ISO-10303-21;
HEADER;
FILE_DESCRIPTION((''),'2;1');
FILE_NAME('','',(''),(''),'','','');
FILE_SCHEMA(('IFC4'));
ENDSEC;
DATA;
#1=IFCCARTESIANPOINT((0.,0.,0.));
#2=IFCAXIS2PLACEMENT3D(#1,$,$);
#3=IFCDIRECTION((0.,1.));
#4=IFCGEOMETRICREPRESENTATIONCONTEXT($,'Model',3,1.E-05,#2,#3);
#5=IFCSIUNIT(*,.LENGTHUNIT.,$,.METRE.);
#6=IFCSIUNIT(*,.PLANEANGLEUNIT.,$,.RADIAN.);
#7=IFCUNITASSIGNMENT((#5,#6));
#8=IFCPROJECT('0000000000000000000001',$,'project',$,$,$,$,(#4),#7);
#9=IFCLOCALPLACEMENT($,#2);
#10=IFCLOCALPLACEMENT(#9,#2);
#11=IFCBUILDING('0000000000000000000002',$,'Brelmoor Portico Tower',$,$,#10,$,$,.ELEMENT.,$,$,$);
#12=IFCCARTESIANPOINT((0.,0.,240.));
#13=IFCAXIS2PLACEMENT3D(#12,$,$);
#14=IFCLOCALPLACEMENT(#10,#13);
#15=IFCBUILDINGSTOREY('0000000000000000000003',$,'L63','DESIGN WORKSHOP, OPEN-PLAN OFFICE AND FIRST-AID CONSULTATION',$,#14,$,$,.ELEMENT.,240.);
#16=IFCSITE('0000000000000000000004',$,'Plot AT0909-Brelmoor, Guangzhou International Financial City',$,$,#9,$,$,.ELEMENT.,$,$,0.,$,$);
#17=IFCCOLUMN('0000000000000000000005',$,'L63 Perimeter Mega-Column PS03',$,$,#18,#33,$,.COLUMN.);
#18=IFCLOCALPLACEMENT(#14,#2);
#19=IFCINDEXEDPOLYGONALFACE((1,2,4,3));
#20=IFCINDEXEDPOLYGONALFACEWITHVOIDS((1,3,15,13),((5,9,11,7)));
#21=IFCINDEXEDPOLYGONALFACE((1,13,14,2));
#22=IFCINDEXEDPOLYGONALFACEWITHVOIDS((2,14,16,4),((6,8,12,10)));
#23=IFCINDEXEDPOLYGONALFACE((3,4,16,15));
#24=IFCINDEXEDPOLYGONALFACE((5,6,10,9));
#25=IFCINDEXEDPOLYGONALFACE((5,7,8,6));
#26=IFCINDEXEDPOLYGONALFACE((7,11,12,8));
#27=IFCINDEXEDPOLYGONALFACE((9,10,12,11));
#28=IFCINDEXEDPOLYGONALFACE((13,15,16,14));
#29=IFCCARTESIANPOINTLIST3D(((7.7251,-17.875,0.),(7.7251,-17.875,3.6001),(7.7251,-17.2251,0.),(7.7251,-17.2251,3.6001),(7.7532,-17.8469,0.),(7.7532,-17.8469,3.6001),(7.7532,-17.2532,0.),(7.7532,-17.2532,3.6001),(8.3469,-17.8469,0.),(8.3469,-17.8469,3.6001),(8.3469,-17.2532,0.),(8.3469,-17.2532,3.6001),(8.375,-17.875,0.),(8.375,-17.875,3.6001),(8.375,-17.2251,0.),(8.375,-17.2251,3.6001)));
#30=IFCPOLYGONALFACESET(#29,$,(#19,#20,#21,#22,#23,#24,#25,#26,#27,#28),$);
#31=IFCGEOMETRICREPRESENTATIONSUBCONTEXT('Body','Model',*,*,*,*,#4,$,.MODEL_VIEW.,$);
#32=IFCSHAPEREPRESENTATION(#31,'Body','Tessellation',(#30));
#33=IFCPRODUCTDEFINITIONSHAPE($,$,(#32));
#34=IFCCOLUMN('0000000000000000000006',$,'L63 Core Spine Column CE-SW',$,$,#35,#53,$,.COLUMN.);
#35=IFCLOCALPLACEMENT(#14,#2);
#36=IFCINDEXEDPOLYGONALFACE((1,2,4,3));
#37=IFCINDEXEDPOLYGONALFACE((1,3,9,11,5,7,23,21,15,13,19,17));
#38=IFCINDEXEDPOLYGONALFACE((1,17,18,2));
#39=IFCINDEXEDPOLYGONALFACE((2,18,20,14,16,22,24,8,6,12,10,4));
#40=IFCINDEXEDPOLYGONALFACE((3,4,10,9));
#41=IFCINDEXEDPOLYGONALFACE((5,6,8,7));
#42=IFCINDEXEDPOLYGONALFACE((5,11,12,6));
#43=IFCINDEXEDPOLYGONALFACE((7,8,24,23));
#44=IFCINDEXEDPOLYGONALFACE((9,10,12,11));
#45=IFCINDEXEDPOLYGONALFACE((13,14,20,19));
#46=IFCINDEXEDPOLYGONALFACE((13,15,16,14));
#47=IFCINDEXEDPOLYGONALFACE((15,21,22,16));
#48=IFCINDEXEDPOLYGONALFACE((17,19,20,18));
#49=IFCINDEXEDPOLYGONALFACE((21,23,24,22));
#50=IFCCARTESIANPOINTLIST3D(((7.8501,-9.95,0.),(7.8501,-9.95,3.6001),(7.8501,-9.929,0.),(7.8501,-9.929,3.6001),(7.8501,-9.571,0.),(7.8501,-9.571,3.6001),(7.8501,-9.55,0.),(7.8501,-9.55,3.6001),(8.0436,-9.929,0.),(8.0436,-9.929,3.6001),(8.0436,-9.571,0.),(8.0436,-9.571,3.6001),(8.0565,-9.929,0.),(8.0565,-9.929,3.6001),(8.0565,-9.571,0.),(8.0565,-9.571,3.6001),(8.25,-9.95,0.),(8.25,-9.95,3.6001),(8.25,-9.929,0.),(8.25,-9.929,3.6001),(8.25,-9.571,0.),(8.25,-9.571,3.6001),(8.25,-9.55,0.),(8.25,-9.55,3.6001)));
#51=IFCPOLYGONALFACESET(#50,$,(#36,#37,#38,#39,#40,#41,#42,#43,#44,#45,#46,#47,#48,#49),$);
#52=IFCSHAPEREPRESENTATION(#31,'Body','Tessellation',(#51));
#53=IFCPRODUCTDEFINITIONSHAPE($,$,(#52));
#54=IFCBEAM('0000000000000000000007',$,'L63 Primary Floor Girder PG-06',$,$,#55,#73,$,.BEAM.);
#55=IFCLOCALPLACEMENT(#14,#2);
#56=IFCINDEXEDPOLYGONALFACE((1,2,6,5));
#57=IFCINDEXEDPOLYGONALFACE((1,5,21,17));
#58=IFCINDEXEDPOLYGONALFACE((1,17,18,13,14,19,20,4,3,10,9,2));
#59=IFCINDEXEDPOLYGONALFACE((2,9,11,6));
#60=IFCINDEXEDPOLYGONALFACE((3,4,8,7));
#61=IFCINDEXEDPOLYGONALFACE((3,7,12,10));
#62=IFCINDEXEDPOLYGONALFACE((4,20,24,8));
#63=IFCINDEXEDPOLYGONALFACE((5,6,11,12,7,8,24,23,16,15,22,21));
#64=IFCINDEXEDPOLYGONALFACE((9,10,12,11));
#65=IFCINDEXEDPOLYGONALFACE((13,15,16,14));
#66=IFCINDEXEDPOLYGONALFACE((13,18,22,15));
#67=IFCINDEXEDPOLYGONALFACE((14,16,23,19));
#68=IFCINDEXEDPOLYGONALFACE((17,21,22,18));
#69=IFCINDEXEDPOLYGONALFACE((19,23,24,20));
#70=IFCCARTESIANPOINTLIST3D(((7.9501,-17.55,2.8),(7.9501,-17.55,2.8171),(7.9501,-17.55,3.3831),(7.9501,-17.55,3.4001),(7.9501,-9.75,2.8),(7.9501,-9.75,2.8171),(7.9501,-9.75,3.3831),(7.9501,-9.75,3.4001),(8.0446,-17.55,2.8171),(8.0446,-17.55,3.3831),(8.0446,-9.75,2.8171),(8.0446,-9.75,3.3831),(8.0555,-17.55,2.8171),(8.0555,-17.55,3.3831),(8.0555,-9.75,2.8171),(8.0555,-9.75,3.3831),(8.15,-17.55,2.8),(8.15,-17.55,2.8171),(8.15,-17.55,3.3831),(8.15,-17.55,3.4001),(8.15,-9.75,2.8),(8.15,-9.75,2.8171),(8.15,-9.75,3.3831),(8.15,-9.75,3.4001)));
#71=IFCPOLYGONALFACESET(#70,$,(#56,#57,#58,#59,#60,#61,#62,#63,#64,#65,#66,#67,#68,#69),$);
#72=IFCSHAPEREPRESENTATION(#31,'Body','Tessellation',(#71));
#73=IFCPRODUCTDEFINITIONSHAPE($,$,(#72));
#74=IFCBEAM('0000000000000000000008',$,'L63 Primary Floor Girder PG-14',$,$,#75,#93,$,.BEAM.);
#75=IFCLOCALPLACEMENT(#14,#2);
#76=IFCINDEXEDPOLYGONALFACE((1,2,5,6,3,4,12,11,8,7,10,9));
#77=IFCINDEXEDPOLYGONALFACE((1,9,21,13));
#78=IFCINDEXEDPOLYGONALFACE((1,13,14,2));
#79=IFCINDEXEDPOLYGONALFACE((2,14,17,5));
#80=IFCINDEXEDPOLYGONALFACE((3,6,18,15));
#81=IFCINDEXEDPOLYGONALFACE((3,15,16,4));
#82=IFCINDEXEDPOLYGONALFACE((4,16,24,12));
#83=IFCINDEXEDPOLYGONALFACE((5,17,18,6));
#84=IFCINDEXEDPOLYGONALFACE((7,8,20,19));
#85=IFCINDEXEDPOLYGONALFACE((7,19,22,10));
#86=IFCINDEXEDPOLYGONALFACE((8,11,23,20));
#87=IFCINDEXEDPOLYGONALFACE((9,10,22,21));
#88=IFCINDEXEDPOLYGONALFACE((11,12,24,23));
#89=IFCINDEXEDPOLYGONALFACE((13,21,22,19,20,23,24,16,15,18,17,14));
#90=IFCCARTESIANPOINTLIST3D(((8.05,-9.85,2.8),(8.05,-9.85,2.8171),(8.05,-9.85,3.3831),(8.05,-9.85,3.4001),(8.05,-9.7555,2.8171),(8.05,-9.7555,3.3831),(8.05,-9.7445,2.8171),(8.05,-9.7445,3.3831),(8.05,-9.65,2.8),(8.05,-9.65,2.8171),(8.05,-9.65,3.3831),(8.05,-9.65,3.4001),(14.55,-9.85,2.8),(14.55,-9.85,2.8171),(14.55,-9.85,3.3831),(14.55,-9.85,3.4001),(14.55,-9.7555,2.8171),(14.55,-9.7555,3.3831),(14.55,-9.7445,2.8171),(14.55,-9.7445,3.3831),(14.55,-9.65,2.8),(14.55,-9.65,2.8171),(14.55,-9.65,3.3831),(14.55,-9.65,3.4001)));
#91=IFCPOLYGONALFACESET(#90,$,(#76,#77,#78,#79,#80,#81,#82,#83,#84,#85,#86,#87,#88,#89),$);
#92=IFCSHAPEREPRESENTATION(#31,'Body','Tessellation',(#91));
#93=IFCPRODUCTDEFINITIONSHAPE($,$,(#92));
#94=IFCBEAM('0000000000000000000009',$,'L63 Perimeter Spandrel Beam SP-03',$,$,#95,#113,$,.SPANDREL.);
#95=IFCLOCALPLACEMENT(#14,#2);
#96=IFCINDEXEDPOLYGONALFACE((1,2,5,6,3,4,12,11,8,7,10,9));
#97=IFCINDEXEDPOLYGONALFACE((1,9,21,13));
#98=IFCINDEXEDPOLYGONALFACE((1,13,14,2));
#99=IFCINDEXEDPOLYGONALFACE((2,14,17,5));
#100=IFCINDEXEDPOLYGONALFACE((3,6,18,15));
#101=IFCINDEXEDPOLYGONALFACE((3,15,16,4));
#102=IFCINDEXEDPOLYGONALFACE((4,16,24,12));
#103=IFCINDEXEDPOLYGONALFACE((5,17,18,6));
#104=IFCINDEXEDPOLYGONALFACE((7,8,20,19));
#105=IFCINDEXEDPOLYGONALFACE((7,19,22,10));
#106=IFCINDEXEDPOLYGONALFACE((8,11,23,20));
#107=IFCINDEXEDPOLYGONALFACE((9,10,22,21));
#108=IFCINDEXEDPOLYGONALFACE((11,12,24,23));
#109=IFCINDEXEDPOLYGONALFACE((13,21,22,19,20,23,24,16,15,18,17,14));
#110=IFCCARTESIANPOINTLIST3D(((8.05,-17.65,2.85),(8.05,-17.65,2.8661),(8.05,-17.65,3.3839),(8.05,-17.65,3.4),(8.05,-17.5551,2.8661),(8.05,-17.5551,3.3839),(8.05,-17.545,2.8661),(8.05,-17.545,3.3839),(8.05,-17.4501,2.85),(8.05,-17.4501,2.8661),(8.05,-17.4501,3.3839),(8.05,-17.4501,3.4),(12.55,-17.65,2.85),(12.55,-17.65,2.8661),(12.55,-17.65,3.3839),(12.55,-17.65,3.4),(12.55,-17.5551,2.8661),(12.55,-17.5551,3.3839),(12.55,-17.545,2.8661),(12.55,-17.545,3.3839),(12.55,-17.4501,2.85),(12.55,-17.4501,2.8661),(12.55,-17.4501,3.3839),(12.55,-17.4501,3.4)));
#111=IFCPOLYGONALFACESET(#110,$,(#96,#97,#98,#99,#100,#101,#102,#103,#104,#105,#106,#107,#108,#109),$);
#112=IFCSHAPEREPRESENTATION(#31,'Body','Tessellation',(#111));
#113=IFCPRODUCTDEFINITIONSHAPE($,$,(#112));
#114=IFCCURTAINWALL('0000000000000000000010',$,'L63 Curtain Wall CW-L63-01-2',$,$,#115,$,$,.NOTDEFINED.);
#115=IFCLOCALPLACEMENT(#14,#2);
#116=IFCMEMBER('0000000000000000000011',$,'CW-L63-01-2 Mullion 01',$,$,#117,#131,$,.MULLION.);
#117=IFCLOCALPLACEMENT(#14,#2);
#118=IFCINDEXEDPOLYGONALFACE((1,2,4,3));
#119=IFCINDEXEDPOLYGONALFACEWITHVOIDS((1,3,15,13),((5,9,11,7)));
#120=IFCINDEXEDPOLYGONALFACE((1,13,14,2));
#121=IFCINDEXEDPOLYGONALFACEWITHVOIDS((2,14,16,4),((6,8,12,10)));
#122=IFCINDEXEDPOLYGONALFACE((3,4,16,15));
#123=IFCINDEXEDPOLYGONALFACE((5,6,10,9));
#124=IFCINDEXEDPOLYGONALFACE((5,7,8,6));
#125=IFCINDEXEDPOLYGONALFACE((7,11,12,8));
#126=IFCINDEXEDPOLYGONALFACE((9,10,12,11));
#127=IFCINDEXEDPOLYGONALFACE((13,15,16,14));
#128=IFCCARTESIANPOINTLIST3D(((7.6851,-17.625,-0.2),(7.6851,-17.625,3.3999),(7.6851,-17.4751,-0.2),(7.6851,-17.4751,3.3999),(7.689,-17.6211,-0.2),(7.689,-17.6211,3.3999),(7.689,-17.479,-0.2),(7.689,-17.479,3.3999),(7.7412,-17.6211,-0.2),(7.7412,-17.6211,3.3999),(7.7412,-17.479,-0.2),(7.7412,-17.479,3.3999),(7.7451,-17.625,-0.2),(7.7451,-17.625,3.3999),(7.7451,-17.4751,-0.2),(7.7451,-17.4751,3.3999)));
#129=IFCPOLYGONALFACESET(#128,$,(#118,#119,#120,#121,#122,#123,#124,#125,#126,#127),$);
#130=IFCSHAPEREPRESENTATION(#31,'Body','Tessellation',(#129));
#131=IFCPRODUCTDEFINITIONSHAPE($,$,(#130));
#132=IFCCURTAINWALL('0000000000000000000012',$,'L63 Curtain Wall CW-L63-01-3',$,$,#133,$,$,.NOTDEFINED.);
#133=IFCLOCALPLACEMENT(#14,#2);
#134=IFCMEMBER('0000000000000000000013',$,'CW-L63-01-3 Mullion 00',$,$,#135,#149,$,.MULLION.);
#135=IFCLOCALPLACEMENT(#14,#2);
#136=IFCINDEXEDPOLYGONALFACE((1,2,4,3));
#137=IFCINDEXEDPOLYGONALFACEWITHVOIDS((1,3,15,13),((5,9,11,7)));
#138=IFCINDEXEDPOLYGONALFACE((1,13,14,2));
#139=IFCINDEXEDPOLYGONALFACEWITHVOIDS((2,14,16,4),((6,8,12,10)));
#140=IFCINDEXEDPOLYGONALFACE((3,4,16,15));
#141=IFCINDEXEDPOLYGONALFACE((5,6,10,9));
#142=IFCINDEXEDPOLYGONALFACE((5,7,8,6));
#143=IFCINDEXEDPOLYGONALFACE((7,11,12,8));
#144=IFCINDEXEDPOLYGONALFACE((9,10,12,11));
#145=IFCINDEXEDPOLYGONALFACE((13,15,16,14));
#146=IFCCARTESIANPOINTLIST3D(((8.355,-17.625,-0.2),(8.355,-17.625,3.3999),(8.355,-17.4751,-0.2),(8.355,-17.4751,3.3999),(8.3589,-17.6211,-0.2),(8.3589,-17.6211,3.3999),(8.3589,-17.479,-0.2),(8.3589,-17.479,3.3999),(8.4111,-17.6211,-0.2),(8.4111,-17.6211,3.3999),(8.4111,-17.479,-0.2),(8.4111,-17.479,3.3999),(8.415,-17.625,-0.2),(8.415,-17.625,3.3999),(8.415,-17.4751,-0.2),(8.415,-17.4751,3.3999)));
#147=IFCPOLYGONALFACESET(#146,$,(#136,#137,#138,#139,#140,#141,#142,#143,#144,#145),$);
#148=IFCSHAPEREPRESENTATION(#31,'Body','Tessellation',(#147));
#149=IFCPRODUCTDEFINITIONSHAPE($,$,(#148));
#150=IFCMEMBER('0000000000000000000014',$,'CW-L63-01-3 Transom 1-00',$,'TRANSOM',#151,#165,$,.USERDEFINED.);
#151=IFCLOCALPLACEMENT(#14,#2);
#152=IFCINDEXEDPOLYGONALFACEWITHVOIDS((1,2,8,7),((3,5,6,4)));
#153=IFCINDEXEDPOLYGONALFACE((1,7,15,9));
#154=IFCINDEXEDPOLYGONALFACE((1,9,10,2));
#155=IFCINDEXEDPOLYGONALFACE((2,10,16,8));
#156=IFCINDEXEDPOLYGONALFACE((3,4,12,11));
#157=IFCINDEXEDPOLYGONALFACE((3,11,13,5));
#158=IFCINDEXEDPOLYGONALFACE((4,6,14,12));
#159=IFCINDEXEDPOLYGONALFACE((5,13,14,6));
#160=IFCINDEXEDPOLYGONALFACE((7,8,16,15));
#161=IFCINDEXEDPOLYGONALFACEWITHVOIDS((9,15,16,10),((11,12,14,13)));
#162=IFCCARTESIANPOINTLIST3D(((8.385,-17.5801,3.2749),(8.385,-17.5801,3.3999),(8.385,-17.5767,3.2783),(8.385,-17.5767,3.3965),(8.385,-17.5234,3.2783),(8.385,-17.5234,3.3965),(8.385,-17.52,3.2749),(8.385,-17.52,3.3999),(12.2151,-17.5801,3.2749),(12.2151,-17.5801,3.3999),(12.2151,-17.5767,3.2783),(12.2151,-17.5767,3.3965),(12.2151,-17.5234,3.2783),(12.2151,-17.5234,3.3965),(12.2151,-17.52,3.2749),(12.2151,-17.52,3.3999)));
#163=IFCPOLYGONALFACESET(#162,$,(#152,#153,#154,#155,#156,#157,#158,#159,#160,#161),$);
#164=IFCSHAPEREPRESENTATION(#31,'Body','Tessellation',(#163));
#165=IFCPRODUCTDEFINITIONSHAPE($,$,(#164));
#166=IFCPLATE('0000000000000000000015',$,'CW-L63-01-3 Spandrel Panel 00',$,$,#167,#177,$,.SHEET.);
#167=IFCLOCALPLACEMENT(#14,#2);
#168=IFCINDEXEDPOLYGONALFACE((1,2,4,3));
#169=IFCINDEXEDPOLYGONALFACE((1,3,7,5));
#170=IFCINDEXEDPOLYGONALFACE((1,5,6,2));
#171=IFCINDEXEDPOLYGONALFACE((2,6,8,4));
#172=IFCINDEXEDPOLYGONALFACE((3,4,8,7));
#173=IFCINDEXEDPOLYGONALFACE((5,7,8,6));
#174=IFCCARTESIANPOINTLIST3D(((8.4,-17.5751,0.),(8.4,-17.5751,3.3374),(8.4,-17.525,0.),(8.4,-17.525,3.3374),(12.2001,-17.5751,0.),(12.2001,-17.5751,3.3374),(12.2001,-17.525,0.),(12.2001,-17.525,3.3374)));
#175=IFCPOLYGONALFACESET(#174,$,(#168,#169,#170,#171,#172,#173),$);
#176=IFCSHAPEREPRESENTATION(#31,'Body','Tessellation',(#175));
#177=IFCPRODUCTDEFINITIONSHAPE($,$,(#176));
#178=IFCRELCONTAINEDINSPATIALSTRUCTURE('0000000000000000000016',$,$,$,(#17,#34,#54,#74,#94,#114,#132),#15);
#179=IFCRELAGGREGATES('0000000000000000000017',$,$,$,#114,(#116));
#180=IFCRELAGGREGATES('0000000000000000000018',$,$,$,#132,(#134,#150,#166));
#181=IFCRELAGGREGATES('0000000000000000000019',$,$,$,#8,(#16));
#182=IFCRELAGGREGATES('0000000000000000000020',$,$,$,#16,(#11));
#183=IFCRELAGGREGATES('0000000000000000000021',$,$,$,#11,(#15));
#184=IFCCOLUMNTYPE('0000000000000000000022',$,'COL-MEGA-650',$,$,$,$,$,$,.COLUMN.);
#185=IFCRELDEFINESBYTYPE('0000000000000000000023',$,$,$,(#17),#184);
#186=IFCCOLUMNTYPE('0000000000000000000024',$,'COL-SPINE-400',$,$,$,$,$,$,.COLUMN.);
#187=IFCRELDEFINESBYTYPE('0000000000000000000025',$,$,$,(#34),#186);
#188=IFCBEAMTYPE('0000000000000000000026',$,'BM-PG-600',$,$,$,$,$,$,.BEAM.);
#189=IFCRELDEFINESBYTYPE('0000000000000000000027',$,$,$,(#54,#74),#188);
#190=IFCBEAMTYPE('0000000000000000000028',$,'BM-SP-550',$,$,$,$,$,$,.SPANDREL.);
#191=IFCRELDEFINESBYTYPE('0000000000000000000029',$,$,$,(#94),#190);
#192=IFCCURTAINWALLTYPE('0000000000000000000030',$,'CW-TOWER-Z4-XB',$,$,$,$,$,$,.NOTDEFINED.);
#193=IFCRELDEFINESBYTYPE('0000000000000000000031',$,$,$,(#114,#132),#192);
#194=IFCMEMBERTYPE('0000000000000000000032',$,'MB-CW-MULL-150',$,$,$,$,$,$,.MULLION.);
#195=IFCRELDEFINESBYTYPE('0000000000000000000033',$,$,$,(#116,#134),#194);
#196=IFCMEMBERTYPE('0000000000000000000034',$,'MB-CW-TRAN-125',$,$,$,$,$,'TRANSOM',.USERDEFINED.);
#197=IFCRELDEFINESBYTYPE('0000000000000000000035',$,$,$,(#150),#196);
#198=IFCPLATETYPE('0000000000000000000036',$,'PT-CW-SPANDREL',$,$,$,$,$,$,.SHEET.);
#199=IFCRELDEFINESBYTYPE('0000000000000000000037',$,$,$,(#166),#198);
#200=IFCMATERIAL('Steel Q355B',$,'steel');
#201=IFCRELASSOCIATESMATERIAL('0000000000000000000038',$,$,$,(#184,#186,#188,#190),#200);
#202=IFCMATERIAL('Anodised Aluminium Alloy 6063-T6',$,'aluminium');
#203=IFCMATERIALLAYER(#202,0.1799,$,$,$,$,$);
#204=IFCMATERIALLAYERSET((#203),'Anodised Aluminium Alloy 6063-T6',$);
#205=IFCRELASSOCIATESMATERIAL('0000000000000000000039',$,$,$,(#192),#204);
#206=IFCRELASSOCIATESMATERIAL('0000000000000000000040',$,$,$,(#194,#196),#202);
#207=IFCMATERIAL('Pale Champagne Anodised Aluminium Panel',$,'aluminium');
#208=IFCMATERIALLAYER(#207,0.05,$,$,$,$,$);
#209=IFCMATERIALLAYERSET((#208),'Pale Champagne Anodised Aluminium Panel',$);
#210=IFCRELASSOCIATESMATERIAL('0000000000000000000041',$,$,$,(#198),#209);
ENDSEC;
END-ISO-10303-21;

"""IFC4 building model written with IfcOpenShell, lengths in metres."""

from ifc_helpers import new_model, si_unit, direction, frame, origin, origin_2d, place, context, subcontext, project, spatial, rectangle, hollow_rectangle, i_section, extrude, material, layer, layer_set, material_profile, profile_set, type_object, element, aggregate, save


model = new_model("IFC4")

# Units and contexts
model_context = context("Model", 3, precision=1e-05, world=origin(), true_north=direction((0.0, 1.0)))
body_context = subcontext(model_context, "Body", "Model", "MODEL_VIEW")
ifc_project = project(units=[si_unit("LENGTHUNIT", "METRE"), si_unit("PLANEANGLEUNIT", "RADIAN")], contexts=[model_context])

# Site, building, storey
site_placement = place(None, origin())
site = spatial("IfcSite", under=ifc_project, at=site_placement, Name="Plot AT0909-Brelmoor, Guangzhou International Financial City", CompositionType="ELEMENT", RefElevation=0.0)
building_placement = place(site_placement, origin())
building = spatial("IfcBuilding", under=site, at=building_placement, Name="Brelmoor Portico Tower", CompositionType="ELEMENT")
storey_placement = place(building_placement, frame((0.0, 0.0, 240.0)))
storey = spatial("IfcBuildingStorey", under=building, at=storey_placement, Name="L63", Description="DESIGN WORKSHOP, OPEN-PLAN OFFICE AND FIRST-AID CONSULTATION", CompositionType="ELEMENT", Elevation=240.0)

# Columns
ifc_material_1 = material(Name="Steel Q355B", Category="steel")
ifc_material_profile_1 = material_profile(ifc_material_1, hollow_rectangle(XDim=0.6499, YDim=0.6499, WallThickness=0.0281, at=origin_2d()), Name="BOX 650x650x28")
ifc_profile_set_1 = profile_set([ifc_material_profile_1], Name="Steel Q355B")
column_type_1 = type_object("IfcColumnType", Name="COL-MEGA-650", PredefinedType="COLUMN", material=ifc_profile_set_1)
column_1_placement = place(storey_placement, frame((8.05, -17.55, 0.0), z_axis=(0.0, 0.0, 1.0), x_axis=(1.0, 0.0, 0.0)))
element("IfcColumn", 1, at=column_1_placement, inside=storey, type_object=column_type_1, Name="L63 Perimeter Mega-Column PS03", PredefinedType="COLUMN", context=body_context, shape_type="SweptSolid", body=[
    extrude(hollow_rectangle(XDim=0.6499, YDim=0.6499, WallThickness=0.0281, at=origin_2d()), origin(), (0.0, 0.0, 1.0), 3.6001),
])
ifc_material_profile_2 = material_profile(ifc_material_1, i_section(OverallWidth=0.3999, OverallDepth=0.3999, WebThickness=0.0129, FlangeThickness=0.021, at=origin_2d()), Name="HW 400x400x13x21")
ifc_profile_set_2 = profile_set([ifc_material_profile_2], Name="Steel Q355B")
column_type_2 = type_object("IfcColumnType", Name="COL-SPINE-400", PredefinedType="COLUMN", material=ifc_profile_set_2)
column_2_placement = place(storey_placement, frame((8.05, -9.75, 0.0), z_axis=(0.0, 0.0, 1.0), x_axis=(1.0, 0.0, 0.0)))
element("IfcColumn", 2, at=column_2_placement, inside=storey, type_object=column_type_2, Name="L63 Core Spine Column CE-SW", PredefinedType="COLUMN", context=body_context, shape_type="SweptSolid", body=[
    extrude(i_section(OverallWidth=0.3999, OverallDepth=0.3999, WebThickness=0.0129, FlangeThickness=0.021, at=origin_2d()), origin(), (0.0, 0.0, 1.0), 3.6001),
])

# Beams
ifc_material_profile_3 = material_profile(ifc_material_1, i_section(OverallWidth=0.2, OverallDepth=0.6001, WebThickness=0.011, FlangeThickness=0.0171, at=origin_2d()), Name="HN 600x200x11x17")
ifc_profile_set_3 = profile_set([ifc_material_profile_3], Name="Steel Q355B")
beam_type_1 = type_object("IfcBeamType", Name="BM-PG-600", PredefinedType="BEAM", material=ifc_profile_set_3)
beam_1_placement = place(storey_placement, frame((8.05, -17.55, 3.1001), z_axis=(0.0, 1.0, 0.0), x_axis=(-1.0, 0.0, 0.0)))
element("IfcBeam", 3, at=beam_1_placement, inside=storey, type_object=beam_type_1, Name="L63 Primary Floor Girder PG-06", PredefinedType="BEAM", context=body_context, shape_type="SweptSolid", body=[
    extrude(i_section(OverallWidth=0.2, OverallDepth=0.6001, WebThickness=0.011, FlangeThickness=0.0171, at=origin_2d()), origin(), (0.0, 0.0, 1.0), 7.8),
])
beam_2_placement = place(storey_placement, frame((8.05, -9.75, 3.1001), z_axis=(1.0, 0.0, 0.0), x_axis=(0.0, 1.0, 0.0)))
element("IfcBeam", 4, at=beam_2_placement, inside=storey, type_object=beam_type_1, Name="L63 Primary Floor Girder PG-14", PredefinedType="BEAM", context=body_context, shape_type="SweptSolid", body=[
    extrude(i_section(OverallWidth=0.2, OverallDepth=0.6001, WebThickness=0.011, FlangeThickness=0.0171, at=origin_2d()), origin(), (0.0, 0.0, 1.0), 6.5),
])
ifc_material_profile_4 = material_profile(ifc_material_1, i_section(OverallWidth=0.2, OverallDepth=0.55, WebThickness=0.01, FlangeThickness=0.0161, at=origin_2d()), Name="HN 550x200x10x16")
ifc_profile_set_4 = profile_set([ifc_material_profile_4], Name="Steel Q355B")
beam_type_2 = type_object("IfcBeamType", Name="BM-SP-550", PredefinedType="SPANDREL", material=ifc_profile_set_4)
beam_3_placement = place(storey_placement, frame((8.05, -17.55, 3.125), z_axis=(1.0, 0.0, 0.0), x_axis=(0.0, 1.0, 0.0)))
element("IfcBeam", 5, at=beam_3_placement, inside=storey, type_object=beam_type_2, Name="L63 Perimeter Spandrel Beam SP-03", PredefinedType="SPANDREL", context=body_context, shape_type="SweptSolid", body=[
    extrude(i_section(OverallWidth=0.2, OverallDepth=0.55, WebThickness=0.01, FlangeThickness=0.0161, at=origin_2d()), origin(), (0.0, 0.0, 1.0), 4.5),
])

# Curtain wall, member
ifc_material_2 = material(Name="Anodised Aluminium Alloy 6063-T6", Category="aluminium")
ifc_layer_1 = layer(ifc_material_2, 0.1799)
ifc_layer_set_1 = layer_set([ifc_layer_1], Name="Anodised Aluminium Alloy 6063-T6")
curtain_wall_type = type_object("IfcCurtainWallType", Name="CW-TOWER-Z4-XB", PredefinedType="NOTDEFINED", material=ifc_layer_set_1)
curtain_wall_1_placement = place(storey_placement, origin())
curtain_wall_1 = element("IfcCurtainWall", 6, at=curtain_wall_1_placement, inside=storey, type_object=curtain_wall_type, Name="L63 Curtain Wall CW-L63-01-2", PredefinedType="NOTDEFINED")
ifc_material_profile_5 = material_profile(ifc_material_2, hollow_rectangle(XDim=0.0601, YDim=0.1499, WallThickness=0.0039, at=origin_2d()), Name="ALU MULLION 60x150")
ifc_profile_set_5 = profile_set([ifc_material_profile_5], Name="Anodised Aluminium Alloy 6063-T6")
member_type_1 = type_object("IfcMemberType", Name="MB-CW-MULL-150", PredefinedType="MULLION", material=ifc_profile_set_5)
member_1_placement = place(storey_placement, frame((7.7151, -17.55, -0.2), z_axis=(0.0, 0.0, 1.0), x_axis=(1.0, 0.0, 0.0)))
member_1 = element("IfcMember", 7, at=member_1_placement, type_object=member_type_1, Name="CW-L63-01-2 Mullion 01", PredefinedType="MULLION", context=body_context, shape_type="SweptSolid", body=[
    extrude(hollow_rectangle(XDim=0.0601, YDim=0.1499, WallThickness=0.0039, at=origin_2d()), origin(), (0.0, 0.0, 1.0), 3.5999),
])
aggregate(curtain_wall_1, [member_1])

# Curtain wall, members, plate
curtain_wall_2_placement = place(storey_placement, origin())
curtain_wall_2 = element("IfcCurtainWall", 8, at=curtain_wall_2_placement, inside=storey, type_object=curtain_wall_type, Name="L63 Curtain Wall CW-L63-01-3", PredefinedType="NOTDEFINED")
member_2_placement = place(storey_placement, frame((8.385, -17.55, -0.2), z_axis=(0.0, 0.0, 1.0), x_axis=(1.0, 0.0, 0.0)))
member_2 = element("IfcMember", 9, at=member_2_placement, type_object=member_type_1, Name="CW-L63-01-3 Mullion 00", PredefinedType="MULLION", context=body_context, shape_type="SweptSolid", body=[
    extrude(hollow_rectangle(XDim=0.0601, YDim=0.1499, WallThickness=0.0039, at=origin_2d()), origin(), (0.0, 0.0, 1.0), 3.5999),
])
ifc_material_profile_6 = material_profile(ifc_material_2, hollow_rectangle(XDim=0.0601, YDim=0.125, WallThickness=0.0034, at=origin_2d()), Name="ALU TRANSOM 60x125")
ifc_profile_set_6 = profile_set([ifc_material_profile_6], Name="Anodised Aluminium Alloy 6063-T6")
member_type_2 = type_object("IfcMemberType", Name="MB-CW-TRAN-125", ElementType="TRANSOM", PredefinedType="USERDEFINED", material=ifc_profile_set_6)
member_3_placement = place(storey_placement, frame((8.385, -17.55, 3.3374), z_axis=(1.0, 0.0, 0.0), x_axis=(0.0, 1.0, 0.0)))
member_3 = element("IfcMember", 10, at=member_3_placement, type_object=member_type_2, Name="CW-L63-01-3 Transom 1-00", ObjectType="TRANSOM", PredefinedType="USERDEFINED", context=body_context, shape_type="SweptSolid", body=[
    extrude(hollow_rectangle(XDim=0.0601, YDim=0.125, WallThickness=0.0034, at=origin_2d()), origin(), (0.0, 0.0, 1.0), 3.8301),
])
ifc_material_3 = material(Name="Pale Champagne Anodised Aluminium Panel", Category="aluminium")
ifc_layer_2 = layer(ifc_material_3, 0.05)
ifc_layer_set_2 = layer_set([ifc_layer_2], Name="Pale Champagne Anodised Aluminium Panel")
plate_type_1 = type_object("IfcPlateType", Name="PT-CW-SPANDREL", PredefinedType="SHEET", material=ifc_layer_set_2)
plate_1_placement = place(storey_placement, frame((10.3, -17.55, 0.0), z_axis=(0.0, 0.0, 1.0), x_axis=(1.0, 0.0, 0.0)))
plate_1 = element("IfcPlate", 11, at=plate_1_placement, type_object=plate_type_1, Name="CW-L63-01-3 Spandrel Panel 00", PredefinedType="SHEET", context=body_context, shape_type="SweptSolid", body=[
    extrude(rectangle(XDim=3.8, YDim=0.05, at=origin_2d()), origin(), (0.0, 0.0, 1.0), 3.3374),
])
aggregate(curtain_wall_2, [member_2, member_3, plate_1])

save(model, "model.ifc")
